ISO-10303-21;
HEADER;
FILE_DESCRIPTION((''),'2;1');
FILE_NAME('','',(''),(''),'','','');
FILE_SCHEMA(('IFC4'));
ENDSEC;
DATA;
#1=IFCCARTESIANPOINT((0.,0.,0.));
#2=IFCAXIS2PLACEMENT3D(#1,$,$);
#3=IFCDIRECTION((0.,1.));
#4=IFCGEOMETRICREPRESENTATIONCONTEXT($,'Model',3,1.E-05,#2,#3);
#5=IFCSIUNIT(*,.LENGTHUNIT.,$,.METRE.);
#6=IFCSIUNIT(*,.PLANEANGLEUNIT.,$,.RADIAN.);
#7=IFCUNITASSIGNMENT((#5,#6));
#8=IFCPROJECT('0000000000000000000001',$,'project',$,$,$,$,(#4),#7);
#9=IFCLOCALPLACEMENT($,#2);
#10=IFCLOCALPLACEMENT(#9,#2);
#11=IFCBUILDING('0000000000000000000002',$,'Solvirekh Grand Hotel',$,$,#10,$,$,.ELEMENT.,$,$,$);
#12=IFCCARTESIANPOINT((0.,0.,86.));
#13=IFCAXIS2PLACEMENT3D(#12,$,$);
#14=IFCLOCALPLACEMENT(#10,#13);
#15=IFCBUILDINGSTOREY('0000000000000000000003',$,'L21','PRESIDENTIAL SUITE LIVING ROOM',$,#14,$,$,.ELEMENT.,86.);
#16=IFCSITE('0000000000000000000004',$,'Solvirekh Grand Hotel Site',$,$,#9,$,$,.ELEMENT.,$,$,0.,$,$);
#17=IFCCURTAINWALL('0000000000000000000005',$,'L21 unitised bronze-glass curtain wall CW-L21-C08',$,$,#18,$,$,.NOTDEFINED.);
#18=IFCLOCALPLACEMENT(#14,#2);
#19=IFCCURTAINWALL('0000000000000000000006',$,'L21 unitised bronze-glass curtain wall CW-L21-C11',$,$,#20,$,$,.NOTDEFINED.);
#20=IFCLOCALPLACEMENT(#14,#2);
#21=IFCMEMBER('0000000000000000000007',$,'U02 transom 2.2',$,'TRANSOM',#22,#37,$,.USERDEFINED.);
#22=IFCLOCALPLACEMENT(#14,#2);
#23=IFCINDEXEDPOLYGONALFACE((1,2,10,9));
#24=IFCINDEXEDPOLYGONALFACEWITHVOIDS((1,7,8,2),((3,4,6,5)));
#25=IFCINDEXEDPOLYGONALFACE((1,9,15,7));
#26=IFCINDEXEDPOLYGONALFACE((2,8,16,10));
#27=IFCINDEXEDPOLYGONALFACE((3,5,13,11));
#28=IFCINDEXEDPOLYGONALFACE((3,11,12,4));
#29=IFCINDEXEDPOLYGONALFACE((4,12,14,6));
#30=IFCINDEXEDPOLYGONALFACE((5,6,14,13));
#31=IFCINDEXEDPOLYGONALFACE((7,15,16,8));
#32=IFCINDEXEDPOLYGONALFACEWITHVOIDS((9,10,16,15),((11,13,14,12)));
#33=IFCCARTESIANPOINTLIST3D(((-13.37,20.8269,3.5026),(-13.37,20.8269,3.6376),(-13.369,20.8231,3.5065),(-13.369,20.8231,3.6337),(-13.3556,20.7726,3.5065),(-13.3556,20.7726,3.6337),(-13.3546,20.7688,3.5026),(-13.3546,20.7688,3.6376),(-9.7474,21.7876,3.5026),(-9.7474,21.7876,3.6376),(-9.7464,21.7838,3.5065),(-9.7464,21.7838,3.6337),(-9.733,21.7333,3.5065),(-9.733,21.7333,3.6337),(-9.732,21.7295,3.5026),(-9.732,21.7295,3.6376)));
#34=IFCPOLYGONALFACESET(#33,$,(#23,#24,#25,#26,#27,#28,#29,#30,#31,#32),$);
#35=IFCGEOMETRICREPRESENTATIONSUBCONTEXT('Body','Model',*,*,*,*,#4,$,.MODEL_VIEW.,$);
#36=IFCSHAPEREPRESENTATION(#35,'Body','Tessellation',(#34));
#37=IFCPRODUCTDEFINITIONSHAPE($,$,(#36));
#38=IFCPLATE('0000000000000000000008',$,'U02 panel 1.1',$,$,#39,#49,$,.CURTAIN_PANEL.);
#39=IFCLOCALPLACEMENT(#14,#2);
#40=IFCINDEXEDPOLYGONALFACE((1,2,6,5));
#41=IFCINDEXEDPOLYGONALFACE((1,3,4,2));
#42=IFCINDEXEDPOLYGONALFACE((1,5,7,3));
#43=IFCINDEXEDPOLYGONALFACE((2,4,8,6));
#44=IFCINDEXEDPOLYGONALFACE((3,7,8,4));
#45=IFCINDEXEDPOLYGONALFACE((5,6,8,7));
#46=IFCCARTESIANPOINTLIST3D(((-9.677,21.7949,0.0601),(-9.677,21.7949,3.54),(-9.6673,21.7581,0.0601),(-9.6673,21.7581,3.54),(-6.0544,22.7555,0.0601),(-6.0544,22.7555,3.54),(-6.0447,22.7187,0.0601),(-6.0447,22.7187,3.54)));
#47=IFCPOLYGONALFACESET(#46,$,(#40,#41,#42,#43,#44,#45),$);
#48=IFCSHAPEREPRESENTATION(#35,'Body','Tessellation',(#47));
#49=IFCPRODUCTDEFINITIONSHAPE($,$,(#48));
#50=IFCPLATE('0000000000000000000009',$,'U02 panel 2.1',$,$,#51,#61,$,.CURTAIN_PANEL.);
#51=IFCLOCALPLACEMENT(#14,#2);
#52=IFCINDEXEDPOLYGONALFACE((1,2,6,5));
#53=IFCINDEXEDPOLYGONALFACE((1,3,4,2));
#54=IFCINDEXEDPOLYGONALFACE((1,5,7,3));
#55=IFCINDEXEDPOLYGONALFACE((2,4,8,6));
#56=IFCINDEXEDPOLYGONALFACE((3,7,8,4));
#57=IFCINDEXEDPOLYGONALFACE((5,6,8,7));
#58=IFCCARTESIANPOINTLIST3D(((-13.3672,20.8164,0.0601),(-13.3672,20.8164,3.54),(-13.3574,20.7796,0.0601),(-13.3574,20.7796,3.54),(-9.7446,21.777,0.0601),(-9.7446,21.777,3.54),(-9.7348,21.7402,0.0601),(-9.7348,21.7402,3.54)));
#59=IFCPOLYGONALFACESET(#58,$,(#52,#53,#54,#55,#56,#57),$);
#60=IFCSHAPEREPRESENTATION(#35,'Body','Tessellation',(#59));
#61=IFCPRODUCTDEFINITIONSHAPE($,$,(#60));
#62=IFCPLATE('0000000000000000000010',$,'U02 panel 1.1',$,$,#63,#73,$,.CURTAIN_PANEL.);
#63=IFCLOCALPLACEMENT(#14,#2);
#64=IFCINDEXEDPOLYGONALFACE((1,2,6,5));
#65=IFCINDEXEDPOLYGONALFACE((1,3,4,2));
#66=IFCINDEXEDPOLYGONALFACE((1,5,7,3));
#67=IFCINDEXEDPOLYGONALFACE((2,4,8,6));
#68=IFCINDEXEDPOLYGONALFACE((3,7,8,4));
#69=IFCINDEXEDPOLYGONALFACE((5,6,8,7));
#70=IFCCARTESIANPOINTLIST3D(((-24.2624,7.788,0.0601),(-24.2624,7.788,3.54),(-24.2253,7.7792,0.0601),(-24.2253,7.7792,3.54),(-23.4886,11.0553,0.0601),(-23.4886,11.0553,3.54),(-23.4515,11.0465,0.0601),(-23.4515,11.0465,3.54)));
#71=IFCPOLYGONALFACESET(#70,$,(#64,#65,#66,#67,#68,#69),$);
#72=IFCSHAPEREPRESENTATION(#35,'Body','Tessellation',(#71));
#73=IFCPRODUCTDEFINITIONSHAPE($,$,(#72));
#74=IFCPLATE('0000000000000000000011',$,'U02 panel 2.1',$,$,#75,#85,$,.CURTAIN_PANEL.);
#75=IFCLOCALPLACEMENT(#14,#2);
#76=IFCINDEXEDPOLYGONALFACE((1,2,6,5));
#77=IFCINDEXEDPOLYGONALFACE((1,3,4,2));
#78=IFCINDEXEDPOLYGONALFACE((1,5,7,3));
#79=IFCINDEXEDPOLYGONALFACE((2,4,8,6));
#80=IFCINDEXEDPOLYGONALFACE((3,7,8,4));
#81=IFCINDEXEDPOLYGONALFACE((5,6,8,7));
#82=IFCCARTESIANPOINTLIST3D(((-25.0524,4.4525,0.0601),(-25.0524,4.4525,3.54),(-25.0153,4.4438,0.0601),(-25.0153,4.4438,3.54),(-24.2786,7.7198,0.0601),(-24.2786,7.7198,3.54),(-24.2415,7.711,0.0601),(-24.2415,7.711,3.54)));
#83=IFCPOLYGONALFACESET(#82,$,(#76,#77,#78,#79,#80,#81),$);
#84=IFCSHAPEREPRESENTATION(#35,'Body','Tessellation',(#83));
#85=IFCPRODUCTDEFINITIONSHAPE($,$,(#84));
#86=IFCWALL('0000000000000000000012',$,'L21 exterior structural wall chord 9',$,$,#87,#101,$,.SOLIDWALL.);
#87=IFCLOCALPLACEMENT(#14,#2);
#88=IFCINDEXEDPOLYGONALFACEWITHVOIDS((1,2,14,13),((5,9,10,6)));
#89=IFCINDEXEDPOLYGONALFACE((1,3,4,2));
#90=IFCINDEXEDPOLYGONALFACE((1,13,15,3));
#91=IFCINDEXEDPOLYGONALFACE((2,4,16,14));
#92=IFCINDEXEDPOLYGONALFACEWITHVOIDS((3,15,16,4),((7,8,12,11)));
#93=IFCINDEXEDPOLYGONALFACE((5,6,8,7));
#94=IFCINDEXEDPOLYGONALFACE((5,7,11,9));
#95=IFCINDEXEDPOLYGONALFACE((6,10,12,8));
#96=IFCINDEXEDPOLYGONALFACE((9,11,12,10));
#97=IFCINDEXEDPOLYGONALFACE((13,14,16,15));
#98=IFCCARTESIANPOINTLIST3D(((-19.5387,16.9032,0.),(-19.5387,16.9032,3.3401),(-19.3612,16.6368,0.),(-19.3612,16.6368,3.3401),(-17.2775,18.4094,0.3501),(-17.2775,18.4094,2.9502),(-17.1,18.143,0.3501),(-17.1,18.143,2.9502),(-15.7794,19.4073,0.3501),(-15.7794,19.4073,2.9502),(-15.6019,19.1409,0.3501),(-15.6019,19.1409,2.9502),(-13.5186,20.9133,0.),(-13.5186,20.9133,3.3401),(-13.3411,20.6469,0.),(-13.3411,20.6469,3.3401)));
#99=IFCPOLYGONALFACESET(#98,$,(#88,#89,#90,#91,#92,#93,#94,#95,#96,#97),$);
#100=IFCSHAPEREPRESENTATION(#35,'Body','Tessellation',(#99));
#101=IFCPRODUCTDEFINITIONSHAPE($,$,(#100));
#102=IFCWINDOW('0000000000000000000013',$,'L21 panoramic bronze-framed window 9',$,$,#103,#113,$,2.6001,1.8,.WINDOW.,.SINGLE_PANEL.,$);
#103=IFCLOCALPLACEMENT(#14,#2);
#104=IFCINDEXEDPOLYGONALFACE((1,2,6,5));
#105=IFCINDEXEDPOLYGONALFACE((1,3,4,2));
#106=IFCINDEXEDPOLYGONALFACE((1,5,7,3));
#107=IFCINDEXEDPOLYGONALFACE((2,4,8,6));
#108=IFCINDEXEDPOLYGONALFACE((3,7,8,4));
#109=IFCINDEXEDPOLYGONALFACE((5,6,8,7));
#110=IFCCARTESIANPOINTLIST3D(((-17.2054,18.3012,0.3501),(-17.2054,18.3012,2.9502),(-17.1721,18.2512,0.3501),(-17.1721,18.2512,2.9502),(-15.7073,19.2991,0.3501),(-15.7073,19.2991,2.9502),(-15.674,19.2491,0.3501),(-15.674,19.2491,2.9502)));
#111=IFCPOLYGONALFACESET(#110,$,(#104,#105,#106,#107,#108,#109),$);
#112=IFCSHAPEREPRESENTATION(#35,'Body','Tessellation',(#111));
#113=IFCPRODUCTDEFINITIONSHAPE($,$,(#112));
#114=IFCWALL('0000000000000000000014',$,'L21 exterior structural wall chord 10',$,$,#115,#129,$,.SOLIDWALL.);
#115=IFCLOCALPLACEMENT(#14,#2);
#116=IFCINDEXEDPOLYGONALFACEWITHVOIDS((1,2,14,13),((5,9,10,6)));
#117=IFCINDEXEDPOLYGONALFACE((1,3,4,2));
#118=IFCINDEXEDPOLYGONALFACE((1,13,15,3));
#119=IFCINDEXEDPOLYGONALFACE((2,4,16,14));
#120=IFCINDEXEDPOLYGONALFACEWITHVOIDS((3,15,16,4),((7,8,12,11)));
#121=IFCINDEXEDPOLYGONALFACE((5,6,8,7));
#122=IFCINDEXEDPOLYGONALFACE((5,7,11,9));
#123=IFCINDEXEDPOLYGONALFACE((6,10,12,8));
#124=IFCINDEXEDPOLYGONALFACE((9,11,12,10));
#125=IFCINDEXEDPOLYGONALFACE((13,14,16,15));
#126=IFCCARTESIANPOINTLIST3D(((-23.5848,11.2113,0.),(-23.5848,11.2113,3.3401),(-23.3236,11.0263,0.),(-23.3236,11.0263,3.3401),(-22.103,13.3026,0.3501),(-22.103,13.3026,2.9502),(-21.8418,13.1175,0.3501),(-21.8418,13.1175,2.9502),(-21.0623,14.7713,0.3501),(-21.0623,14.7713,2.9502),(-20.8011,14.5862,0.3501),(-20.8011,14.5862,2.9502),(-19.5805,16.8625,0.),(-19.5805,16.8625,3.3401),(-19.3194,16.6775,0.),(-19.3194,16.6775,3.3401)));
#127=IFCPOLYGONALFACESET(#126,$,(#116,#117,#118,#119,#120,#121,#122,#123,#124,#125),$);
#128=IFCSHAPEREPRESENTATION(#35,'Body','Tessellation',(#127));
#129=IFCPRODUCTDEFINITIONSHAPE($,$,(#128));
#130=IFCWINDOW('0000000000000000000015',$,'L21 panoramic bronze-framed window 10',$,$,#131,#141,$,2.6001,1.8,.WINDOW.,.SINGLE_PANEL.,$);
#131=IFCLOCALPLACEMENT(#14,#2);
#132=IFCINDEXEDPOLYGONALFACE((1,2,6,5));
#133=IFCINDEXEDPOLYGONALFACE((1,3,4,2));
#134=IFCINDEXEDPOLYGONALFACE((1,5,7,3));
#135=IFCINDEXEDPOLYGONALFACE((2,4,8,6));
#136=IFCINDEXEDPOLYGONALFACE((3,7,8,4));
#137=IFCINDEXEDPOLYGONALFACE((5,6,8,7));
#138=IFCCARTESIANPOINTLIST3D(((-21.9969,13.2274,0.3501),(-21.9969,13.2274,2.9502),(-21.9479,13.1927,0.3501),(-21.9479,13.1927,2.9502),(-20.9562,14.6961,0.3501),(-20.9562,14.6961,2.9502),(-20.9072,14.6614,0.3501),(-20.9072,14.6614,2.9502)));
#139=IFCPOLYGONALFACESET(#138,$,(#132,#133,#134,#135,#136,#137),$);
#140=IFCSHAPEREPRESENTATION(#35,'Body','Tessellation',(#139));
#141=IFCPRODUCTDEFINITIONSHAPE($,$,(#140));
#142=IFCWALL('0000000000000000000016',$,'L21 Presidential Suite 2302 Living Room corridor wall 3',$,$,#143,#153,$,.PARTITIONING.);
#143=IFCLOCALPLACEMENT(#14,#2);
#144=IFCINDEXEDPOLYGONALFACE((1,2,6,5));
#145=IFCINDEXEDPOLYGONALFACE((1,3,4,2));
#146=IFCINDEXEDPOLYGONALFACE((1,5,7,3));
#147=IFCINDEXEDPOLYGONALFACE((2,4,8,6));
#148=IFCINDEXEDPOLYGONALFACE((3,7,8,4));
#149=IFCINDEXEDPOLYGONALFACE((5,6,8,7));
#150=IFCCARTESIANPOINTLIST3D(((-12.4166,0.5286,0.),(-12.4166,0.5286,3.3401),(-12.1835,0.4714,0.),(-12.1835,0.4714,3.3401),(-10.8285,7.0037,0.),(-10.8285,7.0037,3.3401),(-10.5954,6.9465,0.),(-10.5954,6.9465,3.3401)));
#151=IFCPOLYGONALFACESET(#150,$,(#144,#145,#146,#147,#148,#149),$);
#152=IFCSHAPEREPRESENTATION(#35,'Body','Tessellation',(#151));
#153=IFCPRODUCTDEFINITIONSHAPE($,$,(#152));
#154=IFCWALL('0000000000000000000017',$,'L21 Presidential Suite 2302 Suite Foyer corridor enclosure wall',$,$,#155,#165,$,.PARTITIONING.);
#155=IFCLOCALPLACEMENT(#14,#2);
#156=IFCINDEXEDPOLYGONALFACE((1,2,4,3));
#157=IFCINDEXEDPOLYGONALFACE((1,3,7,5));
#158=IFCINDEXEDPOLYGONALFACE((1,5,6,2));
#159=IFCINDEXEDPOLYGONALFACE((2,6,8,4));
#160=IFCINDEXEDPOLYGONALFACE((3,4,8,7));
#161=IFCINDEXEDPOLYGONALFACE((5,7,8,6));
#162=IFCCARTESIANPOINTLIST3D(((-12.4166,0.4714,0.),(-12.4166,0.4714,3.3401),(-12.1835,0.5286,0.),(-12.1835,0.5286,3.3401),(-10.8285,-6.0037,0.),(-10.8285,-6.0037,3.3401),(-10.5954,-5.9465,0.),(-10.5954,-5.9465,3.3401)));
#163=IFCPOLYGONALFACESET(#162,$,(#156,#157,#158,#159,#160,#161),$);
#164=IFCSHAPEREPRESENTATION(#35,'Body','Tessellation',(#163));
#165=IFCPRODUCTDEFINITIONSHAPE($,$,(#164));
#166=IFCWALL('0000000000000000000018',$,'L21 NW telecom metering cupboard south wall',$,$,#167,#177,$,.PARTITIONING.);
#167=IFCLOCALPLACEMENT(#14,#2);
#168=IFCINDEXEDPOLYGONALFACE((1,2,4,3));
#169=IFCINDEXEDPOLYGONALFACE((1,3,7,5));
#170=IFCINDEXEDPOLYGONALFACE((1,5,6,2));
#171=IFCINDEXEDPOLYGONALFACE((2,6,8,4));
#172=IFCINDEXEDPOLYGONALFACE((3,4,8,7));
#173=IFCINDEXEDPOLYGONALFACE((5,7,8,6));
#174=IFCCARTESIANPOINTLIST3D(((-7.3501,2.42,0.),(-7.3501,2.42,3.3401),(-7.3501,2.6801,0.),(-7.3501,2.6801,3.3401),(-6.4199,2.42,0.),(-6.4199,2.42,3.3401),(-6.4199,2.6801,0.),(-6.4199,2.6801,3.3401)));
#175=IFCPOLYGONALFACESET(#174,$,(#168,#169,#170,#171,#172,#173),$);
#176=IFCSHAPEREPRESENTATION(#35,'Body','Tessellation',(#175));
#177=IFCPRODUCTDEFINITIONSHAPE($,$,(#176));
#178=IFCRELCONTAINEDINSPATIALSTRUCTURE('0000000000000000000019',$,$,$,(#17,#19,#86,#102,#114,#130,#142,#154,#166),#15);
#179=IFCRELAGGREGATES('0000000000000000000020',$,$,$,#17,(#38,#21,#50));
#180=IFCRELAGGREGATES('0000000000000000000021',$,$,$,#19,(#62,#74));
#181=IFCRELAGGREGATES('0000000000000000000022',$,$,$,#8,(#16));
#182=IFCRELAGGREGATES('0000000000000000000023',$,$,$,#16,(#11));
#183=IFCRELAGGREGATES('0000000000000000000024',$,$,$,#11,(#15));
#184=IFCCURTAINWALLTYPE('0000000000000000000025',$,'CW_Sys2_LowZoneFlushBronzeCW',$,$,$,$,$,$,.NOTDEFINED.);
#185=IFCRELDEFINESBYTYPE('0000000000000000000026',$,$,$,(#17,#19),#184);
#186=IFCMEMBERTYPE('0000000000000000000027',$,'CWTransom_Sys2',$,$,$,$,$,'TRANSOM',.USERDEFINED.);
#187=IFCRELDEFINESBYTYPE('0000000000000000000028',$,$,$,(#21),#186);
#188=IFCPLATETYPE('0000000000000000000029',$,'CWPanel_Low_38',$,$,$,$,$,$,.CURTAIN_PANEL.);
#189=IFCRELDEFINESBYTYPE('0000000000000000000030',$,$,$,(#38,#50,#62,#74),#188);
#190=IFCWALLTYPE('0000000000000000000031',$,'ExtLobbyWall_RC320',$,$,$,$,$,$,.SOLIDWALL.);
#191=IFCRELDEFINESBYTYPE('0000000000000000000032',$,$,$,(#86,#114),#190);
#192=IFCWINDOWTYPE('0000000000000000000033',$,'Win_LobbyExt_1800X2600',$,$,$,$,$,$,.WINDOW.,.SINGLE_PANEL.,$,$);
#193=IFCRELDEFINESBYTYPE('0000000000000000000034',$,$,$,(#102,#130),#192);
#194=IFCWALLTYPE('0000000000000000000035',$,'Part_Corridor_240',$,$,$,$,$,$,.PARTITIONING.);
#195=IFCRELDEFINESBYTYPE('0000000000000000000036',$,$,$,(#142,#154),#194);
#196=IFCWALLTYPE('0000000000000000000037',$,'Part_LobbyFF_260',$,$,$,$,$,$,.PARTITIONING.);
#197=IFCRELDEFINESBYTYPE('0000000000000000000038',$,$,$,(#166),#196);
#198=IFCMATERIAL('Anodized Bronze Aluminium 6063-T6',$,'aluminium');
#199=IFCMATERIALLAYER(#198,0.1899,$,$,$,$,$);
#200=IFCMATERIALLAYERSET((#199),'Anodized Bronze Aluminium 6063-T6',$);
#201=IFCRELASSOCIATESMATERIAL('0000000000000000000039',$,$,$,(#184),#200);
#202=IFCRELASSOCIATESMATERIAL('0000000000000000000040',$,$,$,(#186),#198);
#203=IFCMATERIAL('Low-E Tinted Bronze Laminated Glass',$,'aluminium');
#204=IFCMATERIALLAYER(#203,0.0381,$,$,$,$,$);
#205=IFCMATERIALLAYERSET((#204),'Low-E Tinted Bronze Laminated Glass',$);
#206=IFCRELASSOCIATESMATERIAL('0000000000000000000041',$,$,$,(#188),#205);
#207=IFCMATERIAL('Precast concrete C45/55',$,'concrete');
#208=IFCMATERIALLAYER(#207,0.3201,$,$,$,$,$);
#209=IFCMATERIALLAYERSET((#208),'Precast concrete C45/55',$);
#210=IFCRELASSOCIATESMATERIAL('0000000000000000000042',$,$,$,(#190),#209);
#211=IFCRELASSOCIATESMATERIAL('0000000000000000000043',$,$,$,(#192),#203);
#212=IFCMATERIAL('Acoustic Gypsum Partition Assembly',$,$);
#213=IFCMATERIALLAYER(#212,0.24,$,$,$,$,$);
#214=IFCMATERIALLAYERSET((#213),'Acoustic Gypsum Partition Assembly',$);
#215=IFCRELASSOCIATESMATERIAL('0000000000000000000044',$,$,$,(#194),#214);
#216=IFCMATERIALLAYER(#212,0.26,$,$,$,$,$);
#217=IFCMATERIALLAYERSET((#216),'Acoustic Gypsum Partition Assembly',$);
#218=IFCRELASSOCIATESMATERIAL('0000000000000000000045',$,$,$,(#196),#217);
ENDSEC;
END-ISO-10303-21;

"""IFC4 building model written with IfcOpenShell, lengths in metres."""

from ifc_helpers import new_model, si_unit, direction, frame, frame_2d, origin, origin_2d, place, context, subcontext, project, spatial, rectangle, hollow_rectangle, extrude, source, transform, mapped, material, layer, layer_set, material_profile, profile_set, type_object, element, fill, aggregate, save


model = new_model("IFC4")

# Units and contexts
model_context = context("Model", 3, precision=1e-05, world=origin(), true_north=direction((0.0, 1.0)))
body_context = subcontext(model_context, "Body", "Model", "MODEL_VIEW")
ifc_project = project(units=[si_unit("LENGTHUNIT", "METRE"), si_unit("PLANEANGLEUNIT", "RADIAN")], contexts=[model_context])

# Site, building, storey
site_placement = place(None, origin())
site = spatial("IfcSite", under=ifc_project, at=site_placement, Name="Solvirekh Grand Hotel Site", CompositionType="ELEMENT", RefElevation=0.0)
building_placement = place(site_placement, origin())
building = spatial("IfcBuilding", under=site, at=building_placement, Name="Solvirekh Grand Hotel", CompositionType="ELEMENT")
storey_placement = place(building_placement, frame((0.0, 0.0, 86.0)))
storey = spatial("IfcBuildingStorey", under=building, at=storey_placement, Name="L21", Description="PRESIDENTIAL SUITE LIVING ROOM", CompositionType="ELEMENT", Elevation=86.0)

# Curtain walls
ifc_material_1 = material(Name="Anodized Bronze Aluminium 6063-T6", Category="aluminium")
ifc_layer_1 = layer(ifc_material_1, 0.1899)
ifc_layer_set_1 = layer_set([ifc_layer_1], Name="Anodized Bronze Aluminium 6063-T6")
curtain_wall_type = type_object("IfcCurtainWallType", Name="CW_Sys2_LowZoneFlushBronzeCW", PredefinedType="NOTDEFINED", material=ifc_layer_set_1)
curtain_wall_1_placement = place(storey_placement, origin())
curtain_wall_1 = element("IfcCurtainWall", 1, at=curtain_wall_1_placement, inside=storey, type_object=curtain_wall_type, Name="L21 unitised bronze-glass curtain wall CW-L21-C08", PredefinedType="NOTDEFINED")
curtain_wall_2_placement = place(storey_placement, origin())
curtain_wall_2 = element("IfcCurtainWall", 2, at=curtain_wall_2_placement, inside=storey, type_object=curtain_wall_type, Name="L21 unitised bronze-glass curtain wall CW-L21-C11", PredefinedType="NOTDEFINED")
ifc_material_profile_1 = material_profile(ifc_material_1, hollow_rectangle(XDim=0.0601, YDim=0.135, WallThickness=0.0039, at=origin_2d()), Name="ALU RHS 135X60X4")
ifc_profile_set_1 = profile_set([ifc_material_profile_1], Name="Anodized Bronze Aluminium 6063-T6")
member_type_1 = type_object("IfcMemberType", Name="CWTransom_Sys2", ElementType="TRANSOM", PredefinedType="USERDEFINED", material=ifc_profile_set_1)

# Member
shared_shape_1 = source(origin(), body_context, "Body", "SweptSolid", [
    extrude(hollow_rectangle(XDim=0.0601, YDim=0.135, WallThickness=0.0039, at=origin_2d()), origin(), (0.0, 0.0, 1.0), 3.7478),
])
member_1_placement = place(storey_placement, frame((-9.7397, 21.7585, 3.5701), z_axis=(-0.966588, -0.256337, 0.0), x_axis=(0.256337, -0.966588, 0.0)))
member_1 = element("IfcMember", 3, at=member_1_placement, type_object=member_type_1, Name="U02 transom 2.2", ObjectType="TRANSOM", PredefinedType="USERDEFINED", context=body_context, shape_type="MappedRepresentation", body=[
    mapped(shared_shape_1, transform((0.0, 0.0, 0.0), x_axis=(1.0, 0.0, 0.0), y_axis=(0.0, 1.0, 0.0), z_axis=(0.0, 0.0, 1.0), scale=1.0)),
])

# Plates
ifc_material_2 = material(Name="Low-E Tinted Bronze Laminated Glass", Category="aluminium")
ifc_layer_2 = layer(ifc_material_2, 0.0381)
ifc_layer_set_2 = layer_set([ifc_layer_2], Name="Low-E Tinted Bronze Laminated Glass")
plate_type = type_object("IfcPlateType", Name="CWPanel_Low_38", PredefinedType="CURTAIN_PANEL", material=ifc_layer_set_2)
shared_shape_2 = source(origin(), body_context, "Body", "SweptSolid", [
    extrude(rectangle(XDim=3.7478, YDim=0.0381, at=origin_2d()), origin(), (0.0, 0.0, 1.0), 3.48),
])
plate_1_placement = place(storey_placement, frame((-7.8608, 22.2568, 0.0601), z_axis=(0.0, 0.0, 1.0), x_axis=(-0.966594, -0.256313, 0.0)))
plate_1 = element("IfcPlate", 4, at=plate_1_placement, type_object=plate_type, Name="U02 panel 1.1", PredefinedType="CURTAIN_PANEL", context=body_context, shape_type="MappedRepresentation", body=[
    mapped(shared_shape_2, transform((0.0, 0.0, 0.0), x_axis=(1.0, 0.0, 0.0), y_axis=(0.0, 1.0, 0.0), z_axis=(0.0, 0.0, 1.0), scale=1.0)),
])
plate_2_placement = place(storey_placement, frame((-11.551, 21.2783, 0.0601), z_axis=(0.0, 0.0, 1.0), x_axis=(-0.966594, -0.256313, 0.0)))
plate_2 = element("IfcPlate", 5, at=plate_2_placement, type_object=plate_type, Name="U02 panel 2.1", PredefinedType="CURTAIN_PANEL", context=body_context, shape_type="MappedRepresentation", body=[
    mapped(shared_shape_2, transform((0.0, 0.0, 0.0), x_axis=(1.0, 0.0, 0.0), y_axis=(0.0, 1.0, 0.0), z_axis=(0.0, 0.0, 1.0), scale=1.0)),
])
aggregate(curtain_wall_1, [plate_1, member_1, plate_2])
shared_shape_3 = source(origin(), body_context, "Body", "SweptSolid", [
    extrude(rectangle(XDim=3.3577, YDim=0.0381, at=origin_2d()), origin(), (0.0, 0.0, 1.0), 3.48),
])
plate_3_placement = place(storey_placement, frame((-23.8569, 9.4172, 0.0601), z_axis=(0.0, 0.0, 1.0), x_axis=(-0.230456, -0.973083, 0.0)))
plate_3 = element("IfcPlate", 6, at=plate_3_placement, type_object=plate_type, Name="U02 panel 1.1", PredefinedType="CURTAIN_PANEL", context=body_context, shape_type="MappedRepresentation", body=[
    mapped(shared_shape_3, transform((0.0, 0.0, 0.0), x_axis=(1.0, 0.0, 0.0), y_axis=(0.0, 1.0, 0.0), z_axis=(0.0, 0.0, 1.0), scale=1.0)),
])
plate_4_placement = place(storey_placement, frame((-24.647, 6.0818, 0.0601), z_axis=(0.0, 0.0, 1.0), x_axis=(-0.230456, -0.973083, 0.0)))
plate_4 = element("IfcPlate", 7, at=plate_4_placement, type_object=plate_type, Name="U02 panel 2.1", PredefinedType="CURTAIN_PANEL", context=body_context, shape_type="MappedRepresentation", body=[
    mapped(shared_shape_3, transform((0.0, 0.0, 0.0), x_axis=(1.0, 0.0, 0.0), y_axis=(0.0, 1.0, 0.0), z_axis=(0.0, 0.0, 1.0), scale=1.0)),
])
aggregate(curtain_wall_2, [plate_3, plate_4])

# Walls, openings, windows
ifc_material_3 = material(Name="Precast concrete C45/55", Category="concrete")
ifc_layer_3 = layer(ifc_material_3, 0.3201)
ifc_layer_set_3 = layer_set([ifc_layer_3], Name="Precast concrete C45/55")
wall_type_1 = type_object("IfcWallType", Name="ExtLobbyWall_RC320", PredefinedType="SOLIDWALL", material=ifc_layer_set_3)
wall_1_placement = place(storey_placement, frame((-19.45, 16.77, 0.0), z_axis=(0.0, 0.0, 1.0), x_axis=(0.832263, 0.554381, 0.0)))
wall_1 = element("IfcWall", 8, at=wall_1_placement, inside=storey, type_object=wall_type_1, Name="L21 exterior structural wall chord 9", PredefinedType="SOLIDWALL", context=body_context, shape_type="SweptSolid", body=[
    extrude(rectangle(XDim=7.2334, YDim=0.3201, at=frame_2d((3.6167, 0.0))), origin(), (0.0, 0.0, 1.0), 3.3401),
])
opening_1_placement = place(wall_1_placement, frame((2.717, 0.0, 0.3501)))
opening_1 = element("IfcOpeningElement", 9, at=opening_1_placement, cuts=wall_1, PredefinedType="OPENING", context=body_context, shape_type="SweptSolid", body=[
    extrude(rectangle(XDim=1.8, YDim=2.6001, at=frame_2d((0.8999, 1.3))), frame((0.0, 0.1699, 0.0), z_axis=(0.0, -1.0, 0.0), x_axis=(1.0, 0.0, 0.0)), (0.0, 0.0, 1.0), 0.3401),
])
window_type = type_object("IfcWindowType", Name="Win_LobbyExt_1800X2600", PartitioningType="SINGLE_PANEL", PredefinedType="WINDOW", material=ifc_material_2)
window_1_placement = place(opening_1_placement, origin())
window_1 = element("IfcWindow", 10, at=window_1_placement, inside=storey, type_object=window_type, Name="L21 panoramic bronze-framed window 9", OverallHeight=2.6001, OverallWidth=1.8, PartitioningType="SINGLE_PANEL", PredefinedType="WINDOW", context=body_context, shape_type="SweptSolid", body=[
    extrude(rectangle(XDim=1.8, YDim=2.6001, at=frame_2d((0.8999, 1.3))), frame((0.0, 0.03, 0.0), z_axis=(0.0, -1.0, 0.0), x_axis=(1.0, 0.0, 0.0)), (0.0, 0.0, 1.0), 0.0601),
])
fill(opening_1, window_1)
wall_2_placement = place(storey_placement, frame((-23.4541, 11.1189, 0.0), z_axis=(0.0, 0.0, 1.0), x_axis=(0.57814, 0.815938, 0.0)))
wall_2 = element("IfcWall", 11, at=wall_2_placement, inside=storey, type_object=wall_type_1, Name="L21 exterior structural wall chord 10", PredefinedType="SOLIDWALL", context=body_context, shape_type="SweptSolid", body=[
    extrude(rectangle(XDim=6.926, YDim=0.3201, at=frame_2d((3.4629, 0.0))), origin(), (0.0, 0.0, 1.0), 3.3401),
])
opening_2_placement = place(wall_2_placement, frame((2.563, 0.0, 0.3501)))
opening_2 = element("IfcOpeningElement", 12, at=opening_2_placement, cuts=wall_2, PredefinedType="OPENING", context=body_context, shape_type="SweptSolid", body=[
    extrude(rectangle(XDim=1.8, YDim=2.6001, at=frame_2d((0.8999, 1.3))), frame((0.0, 0.1699, 0.0), z_axis=(0.0, -1.0, 0.0), x_axis=(1.0, 0.0, 0.0)), (0.0, 0.0, 1.0), 0.3401),
])
window_2_placement = place(opening_2_placement, origin())
window_2 = element("IfcWindow", 13, at=window_2_placement, inside=storey, type_object=window_type, Name="L21 panoramic bronze-framed window 10", OverallHeight=2.6001, OverallWidth=1.8, PartitioningType="SINGLE_PANEL", PredefinedType="WINDOW", context=body_context, shape_type="SweptSolid", body=[
    extrude(rectangle(XDim=1.8, YDim=2.6001, at=frame_2d((0.8999, 1.3))), frame((0.0, 0.03, 0.0), z_axis=(0.0, -1.0, 0.0), x_axis=(1.0, 0.0, 0.0)), (0.0, 0.0, 1.0), 0.0601),
])
fill(opening_2, window_2)

# Walls
ifc_material_4 = material(Name="Acoustic Gypsum Partition Assembly")
ifc_layer_4 = layer(ifc_material_4, 0.24)
ifc_layer_set_4 = layer_set([ifc_layer_4], Name="Acoustic Gypsum Partition Assembly")
wall_type_2 = type_object("IfcWallType", Name="Part_Corridor_240", PredefinedType="PARTITIONING", material=ifc_layer_set_4)
for number, where, z_axis, x_axis, name in (
    (14, (-10.7119, 6.9751, 0.0), (0.0, 0.0, 1.0), (-0.238208, -0.971214, 0.0), "L21 Presidential Suite 2302 Living Room corridor wall 3"),
    (15, (-12.3, 0.5, 0.0), (0.0, 0.0, 1.0), (0.238208, -0.971214, 0.0), "L21 Presidential Suite 2302 Suite Foyer corridor enclosure wall"),
):
    element("IfcWall", number, at=place(storey_placement, frame(where, z_axis=z_axis, x_axis=x_axis)), inside=storey, type_object=wall_type_2, Name=name, PredefinedType="PARTITIONING", context=body_context, shape_type="SweptSolid", body=[
        extrude(rectangle(XDim=6.667, YDim=0.24, at=frame_2d((3.3335, 0.0))), origin(), (0.0, 0.0, 1.0), 3.3401),
    ])
ifc_layer_5 = layer(ifc_material_4, 0.26)
ifc_layer_set_5 = layer_set([ifc_layer_5], Name="Acoustic Gypsum Partition Assembly")
wall_type_3 = type_object("IfcWallType", Name="Part_LobbyFF_260", PredefinedType="PARTITIONING", material=ifc_layer_set_5)
wall_3_placement = place(storey_placement, frame((-7.3501, 2.55, 0.0), z_axis=(0.0, 0.0, 1.0), x_axis=(1.0, 0.0, 0.0)))
element("IfcWall", 16, at=wall_3_placement, inside=storey, type_object=wall_type_3, Name="L21 NW telecom metering cupboard south wall", PredefinedType="PARTITIONING", context=body_context, shape_type="SweptSolid", body=[
    extrude(rectangle(XDim=0.9302, YDim=0.26, at=frame_2d((0.4651, 0.0))), origin(), (0.0, 0.0, 1.0), 3.3401),
])

save(model, "model.ifc")
